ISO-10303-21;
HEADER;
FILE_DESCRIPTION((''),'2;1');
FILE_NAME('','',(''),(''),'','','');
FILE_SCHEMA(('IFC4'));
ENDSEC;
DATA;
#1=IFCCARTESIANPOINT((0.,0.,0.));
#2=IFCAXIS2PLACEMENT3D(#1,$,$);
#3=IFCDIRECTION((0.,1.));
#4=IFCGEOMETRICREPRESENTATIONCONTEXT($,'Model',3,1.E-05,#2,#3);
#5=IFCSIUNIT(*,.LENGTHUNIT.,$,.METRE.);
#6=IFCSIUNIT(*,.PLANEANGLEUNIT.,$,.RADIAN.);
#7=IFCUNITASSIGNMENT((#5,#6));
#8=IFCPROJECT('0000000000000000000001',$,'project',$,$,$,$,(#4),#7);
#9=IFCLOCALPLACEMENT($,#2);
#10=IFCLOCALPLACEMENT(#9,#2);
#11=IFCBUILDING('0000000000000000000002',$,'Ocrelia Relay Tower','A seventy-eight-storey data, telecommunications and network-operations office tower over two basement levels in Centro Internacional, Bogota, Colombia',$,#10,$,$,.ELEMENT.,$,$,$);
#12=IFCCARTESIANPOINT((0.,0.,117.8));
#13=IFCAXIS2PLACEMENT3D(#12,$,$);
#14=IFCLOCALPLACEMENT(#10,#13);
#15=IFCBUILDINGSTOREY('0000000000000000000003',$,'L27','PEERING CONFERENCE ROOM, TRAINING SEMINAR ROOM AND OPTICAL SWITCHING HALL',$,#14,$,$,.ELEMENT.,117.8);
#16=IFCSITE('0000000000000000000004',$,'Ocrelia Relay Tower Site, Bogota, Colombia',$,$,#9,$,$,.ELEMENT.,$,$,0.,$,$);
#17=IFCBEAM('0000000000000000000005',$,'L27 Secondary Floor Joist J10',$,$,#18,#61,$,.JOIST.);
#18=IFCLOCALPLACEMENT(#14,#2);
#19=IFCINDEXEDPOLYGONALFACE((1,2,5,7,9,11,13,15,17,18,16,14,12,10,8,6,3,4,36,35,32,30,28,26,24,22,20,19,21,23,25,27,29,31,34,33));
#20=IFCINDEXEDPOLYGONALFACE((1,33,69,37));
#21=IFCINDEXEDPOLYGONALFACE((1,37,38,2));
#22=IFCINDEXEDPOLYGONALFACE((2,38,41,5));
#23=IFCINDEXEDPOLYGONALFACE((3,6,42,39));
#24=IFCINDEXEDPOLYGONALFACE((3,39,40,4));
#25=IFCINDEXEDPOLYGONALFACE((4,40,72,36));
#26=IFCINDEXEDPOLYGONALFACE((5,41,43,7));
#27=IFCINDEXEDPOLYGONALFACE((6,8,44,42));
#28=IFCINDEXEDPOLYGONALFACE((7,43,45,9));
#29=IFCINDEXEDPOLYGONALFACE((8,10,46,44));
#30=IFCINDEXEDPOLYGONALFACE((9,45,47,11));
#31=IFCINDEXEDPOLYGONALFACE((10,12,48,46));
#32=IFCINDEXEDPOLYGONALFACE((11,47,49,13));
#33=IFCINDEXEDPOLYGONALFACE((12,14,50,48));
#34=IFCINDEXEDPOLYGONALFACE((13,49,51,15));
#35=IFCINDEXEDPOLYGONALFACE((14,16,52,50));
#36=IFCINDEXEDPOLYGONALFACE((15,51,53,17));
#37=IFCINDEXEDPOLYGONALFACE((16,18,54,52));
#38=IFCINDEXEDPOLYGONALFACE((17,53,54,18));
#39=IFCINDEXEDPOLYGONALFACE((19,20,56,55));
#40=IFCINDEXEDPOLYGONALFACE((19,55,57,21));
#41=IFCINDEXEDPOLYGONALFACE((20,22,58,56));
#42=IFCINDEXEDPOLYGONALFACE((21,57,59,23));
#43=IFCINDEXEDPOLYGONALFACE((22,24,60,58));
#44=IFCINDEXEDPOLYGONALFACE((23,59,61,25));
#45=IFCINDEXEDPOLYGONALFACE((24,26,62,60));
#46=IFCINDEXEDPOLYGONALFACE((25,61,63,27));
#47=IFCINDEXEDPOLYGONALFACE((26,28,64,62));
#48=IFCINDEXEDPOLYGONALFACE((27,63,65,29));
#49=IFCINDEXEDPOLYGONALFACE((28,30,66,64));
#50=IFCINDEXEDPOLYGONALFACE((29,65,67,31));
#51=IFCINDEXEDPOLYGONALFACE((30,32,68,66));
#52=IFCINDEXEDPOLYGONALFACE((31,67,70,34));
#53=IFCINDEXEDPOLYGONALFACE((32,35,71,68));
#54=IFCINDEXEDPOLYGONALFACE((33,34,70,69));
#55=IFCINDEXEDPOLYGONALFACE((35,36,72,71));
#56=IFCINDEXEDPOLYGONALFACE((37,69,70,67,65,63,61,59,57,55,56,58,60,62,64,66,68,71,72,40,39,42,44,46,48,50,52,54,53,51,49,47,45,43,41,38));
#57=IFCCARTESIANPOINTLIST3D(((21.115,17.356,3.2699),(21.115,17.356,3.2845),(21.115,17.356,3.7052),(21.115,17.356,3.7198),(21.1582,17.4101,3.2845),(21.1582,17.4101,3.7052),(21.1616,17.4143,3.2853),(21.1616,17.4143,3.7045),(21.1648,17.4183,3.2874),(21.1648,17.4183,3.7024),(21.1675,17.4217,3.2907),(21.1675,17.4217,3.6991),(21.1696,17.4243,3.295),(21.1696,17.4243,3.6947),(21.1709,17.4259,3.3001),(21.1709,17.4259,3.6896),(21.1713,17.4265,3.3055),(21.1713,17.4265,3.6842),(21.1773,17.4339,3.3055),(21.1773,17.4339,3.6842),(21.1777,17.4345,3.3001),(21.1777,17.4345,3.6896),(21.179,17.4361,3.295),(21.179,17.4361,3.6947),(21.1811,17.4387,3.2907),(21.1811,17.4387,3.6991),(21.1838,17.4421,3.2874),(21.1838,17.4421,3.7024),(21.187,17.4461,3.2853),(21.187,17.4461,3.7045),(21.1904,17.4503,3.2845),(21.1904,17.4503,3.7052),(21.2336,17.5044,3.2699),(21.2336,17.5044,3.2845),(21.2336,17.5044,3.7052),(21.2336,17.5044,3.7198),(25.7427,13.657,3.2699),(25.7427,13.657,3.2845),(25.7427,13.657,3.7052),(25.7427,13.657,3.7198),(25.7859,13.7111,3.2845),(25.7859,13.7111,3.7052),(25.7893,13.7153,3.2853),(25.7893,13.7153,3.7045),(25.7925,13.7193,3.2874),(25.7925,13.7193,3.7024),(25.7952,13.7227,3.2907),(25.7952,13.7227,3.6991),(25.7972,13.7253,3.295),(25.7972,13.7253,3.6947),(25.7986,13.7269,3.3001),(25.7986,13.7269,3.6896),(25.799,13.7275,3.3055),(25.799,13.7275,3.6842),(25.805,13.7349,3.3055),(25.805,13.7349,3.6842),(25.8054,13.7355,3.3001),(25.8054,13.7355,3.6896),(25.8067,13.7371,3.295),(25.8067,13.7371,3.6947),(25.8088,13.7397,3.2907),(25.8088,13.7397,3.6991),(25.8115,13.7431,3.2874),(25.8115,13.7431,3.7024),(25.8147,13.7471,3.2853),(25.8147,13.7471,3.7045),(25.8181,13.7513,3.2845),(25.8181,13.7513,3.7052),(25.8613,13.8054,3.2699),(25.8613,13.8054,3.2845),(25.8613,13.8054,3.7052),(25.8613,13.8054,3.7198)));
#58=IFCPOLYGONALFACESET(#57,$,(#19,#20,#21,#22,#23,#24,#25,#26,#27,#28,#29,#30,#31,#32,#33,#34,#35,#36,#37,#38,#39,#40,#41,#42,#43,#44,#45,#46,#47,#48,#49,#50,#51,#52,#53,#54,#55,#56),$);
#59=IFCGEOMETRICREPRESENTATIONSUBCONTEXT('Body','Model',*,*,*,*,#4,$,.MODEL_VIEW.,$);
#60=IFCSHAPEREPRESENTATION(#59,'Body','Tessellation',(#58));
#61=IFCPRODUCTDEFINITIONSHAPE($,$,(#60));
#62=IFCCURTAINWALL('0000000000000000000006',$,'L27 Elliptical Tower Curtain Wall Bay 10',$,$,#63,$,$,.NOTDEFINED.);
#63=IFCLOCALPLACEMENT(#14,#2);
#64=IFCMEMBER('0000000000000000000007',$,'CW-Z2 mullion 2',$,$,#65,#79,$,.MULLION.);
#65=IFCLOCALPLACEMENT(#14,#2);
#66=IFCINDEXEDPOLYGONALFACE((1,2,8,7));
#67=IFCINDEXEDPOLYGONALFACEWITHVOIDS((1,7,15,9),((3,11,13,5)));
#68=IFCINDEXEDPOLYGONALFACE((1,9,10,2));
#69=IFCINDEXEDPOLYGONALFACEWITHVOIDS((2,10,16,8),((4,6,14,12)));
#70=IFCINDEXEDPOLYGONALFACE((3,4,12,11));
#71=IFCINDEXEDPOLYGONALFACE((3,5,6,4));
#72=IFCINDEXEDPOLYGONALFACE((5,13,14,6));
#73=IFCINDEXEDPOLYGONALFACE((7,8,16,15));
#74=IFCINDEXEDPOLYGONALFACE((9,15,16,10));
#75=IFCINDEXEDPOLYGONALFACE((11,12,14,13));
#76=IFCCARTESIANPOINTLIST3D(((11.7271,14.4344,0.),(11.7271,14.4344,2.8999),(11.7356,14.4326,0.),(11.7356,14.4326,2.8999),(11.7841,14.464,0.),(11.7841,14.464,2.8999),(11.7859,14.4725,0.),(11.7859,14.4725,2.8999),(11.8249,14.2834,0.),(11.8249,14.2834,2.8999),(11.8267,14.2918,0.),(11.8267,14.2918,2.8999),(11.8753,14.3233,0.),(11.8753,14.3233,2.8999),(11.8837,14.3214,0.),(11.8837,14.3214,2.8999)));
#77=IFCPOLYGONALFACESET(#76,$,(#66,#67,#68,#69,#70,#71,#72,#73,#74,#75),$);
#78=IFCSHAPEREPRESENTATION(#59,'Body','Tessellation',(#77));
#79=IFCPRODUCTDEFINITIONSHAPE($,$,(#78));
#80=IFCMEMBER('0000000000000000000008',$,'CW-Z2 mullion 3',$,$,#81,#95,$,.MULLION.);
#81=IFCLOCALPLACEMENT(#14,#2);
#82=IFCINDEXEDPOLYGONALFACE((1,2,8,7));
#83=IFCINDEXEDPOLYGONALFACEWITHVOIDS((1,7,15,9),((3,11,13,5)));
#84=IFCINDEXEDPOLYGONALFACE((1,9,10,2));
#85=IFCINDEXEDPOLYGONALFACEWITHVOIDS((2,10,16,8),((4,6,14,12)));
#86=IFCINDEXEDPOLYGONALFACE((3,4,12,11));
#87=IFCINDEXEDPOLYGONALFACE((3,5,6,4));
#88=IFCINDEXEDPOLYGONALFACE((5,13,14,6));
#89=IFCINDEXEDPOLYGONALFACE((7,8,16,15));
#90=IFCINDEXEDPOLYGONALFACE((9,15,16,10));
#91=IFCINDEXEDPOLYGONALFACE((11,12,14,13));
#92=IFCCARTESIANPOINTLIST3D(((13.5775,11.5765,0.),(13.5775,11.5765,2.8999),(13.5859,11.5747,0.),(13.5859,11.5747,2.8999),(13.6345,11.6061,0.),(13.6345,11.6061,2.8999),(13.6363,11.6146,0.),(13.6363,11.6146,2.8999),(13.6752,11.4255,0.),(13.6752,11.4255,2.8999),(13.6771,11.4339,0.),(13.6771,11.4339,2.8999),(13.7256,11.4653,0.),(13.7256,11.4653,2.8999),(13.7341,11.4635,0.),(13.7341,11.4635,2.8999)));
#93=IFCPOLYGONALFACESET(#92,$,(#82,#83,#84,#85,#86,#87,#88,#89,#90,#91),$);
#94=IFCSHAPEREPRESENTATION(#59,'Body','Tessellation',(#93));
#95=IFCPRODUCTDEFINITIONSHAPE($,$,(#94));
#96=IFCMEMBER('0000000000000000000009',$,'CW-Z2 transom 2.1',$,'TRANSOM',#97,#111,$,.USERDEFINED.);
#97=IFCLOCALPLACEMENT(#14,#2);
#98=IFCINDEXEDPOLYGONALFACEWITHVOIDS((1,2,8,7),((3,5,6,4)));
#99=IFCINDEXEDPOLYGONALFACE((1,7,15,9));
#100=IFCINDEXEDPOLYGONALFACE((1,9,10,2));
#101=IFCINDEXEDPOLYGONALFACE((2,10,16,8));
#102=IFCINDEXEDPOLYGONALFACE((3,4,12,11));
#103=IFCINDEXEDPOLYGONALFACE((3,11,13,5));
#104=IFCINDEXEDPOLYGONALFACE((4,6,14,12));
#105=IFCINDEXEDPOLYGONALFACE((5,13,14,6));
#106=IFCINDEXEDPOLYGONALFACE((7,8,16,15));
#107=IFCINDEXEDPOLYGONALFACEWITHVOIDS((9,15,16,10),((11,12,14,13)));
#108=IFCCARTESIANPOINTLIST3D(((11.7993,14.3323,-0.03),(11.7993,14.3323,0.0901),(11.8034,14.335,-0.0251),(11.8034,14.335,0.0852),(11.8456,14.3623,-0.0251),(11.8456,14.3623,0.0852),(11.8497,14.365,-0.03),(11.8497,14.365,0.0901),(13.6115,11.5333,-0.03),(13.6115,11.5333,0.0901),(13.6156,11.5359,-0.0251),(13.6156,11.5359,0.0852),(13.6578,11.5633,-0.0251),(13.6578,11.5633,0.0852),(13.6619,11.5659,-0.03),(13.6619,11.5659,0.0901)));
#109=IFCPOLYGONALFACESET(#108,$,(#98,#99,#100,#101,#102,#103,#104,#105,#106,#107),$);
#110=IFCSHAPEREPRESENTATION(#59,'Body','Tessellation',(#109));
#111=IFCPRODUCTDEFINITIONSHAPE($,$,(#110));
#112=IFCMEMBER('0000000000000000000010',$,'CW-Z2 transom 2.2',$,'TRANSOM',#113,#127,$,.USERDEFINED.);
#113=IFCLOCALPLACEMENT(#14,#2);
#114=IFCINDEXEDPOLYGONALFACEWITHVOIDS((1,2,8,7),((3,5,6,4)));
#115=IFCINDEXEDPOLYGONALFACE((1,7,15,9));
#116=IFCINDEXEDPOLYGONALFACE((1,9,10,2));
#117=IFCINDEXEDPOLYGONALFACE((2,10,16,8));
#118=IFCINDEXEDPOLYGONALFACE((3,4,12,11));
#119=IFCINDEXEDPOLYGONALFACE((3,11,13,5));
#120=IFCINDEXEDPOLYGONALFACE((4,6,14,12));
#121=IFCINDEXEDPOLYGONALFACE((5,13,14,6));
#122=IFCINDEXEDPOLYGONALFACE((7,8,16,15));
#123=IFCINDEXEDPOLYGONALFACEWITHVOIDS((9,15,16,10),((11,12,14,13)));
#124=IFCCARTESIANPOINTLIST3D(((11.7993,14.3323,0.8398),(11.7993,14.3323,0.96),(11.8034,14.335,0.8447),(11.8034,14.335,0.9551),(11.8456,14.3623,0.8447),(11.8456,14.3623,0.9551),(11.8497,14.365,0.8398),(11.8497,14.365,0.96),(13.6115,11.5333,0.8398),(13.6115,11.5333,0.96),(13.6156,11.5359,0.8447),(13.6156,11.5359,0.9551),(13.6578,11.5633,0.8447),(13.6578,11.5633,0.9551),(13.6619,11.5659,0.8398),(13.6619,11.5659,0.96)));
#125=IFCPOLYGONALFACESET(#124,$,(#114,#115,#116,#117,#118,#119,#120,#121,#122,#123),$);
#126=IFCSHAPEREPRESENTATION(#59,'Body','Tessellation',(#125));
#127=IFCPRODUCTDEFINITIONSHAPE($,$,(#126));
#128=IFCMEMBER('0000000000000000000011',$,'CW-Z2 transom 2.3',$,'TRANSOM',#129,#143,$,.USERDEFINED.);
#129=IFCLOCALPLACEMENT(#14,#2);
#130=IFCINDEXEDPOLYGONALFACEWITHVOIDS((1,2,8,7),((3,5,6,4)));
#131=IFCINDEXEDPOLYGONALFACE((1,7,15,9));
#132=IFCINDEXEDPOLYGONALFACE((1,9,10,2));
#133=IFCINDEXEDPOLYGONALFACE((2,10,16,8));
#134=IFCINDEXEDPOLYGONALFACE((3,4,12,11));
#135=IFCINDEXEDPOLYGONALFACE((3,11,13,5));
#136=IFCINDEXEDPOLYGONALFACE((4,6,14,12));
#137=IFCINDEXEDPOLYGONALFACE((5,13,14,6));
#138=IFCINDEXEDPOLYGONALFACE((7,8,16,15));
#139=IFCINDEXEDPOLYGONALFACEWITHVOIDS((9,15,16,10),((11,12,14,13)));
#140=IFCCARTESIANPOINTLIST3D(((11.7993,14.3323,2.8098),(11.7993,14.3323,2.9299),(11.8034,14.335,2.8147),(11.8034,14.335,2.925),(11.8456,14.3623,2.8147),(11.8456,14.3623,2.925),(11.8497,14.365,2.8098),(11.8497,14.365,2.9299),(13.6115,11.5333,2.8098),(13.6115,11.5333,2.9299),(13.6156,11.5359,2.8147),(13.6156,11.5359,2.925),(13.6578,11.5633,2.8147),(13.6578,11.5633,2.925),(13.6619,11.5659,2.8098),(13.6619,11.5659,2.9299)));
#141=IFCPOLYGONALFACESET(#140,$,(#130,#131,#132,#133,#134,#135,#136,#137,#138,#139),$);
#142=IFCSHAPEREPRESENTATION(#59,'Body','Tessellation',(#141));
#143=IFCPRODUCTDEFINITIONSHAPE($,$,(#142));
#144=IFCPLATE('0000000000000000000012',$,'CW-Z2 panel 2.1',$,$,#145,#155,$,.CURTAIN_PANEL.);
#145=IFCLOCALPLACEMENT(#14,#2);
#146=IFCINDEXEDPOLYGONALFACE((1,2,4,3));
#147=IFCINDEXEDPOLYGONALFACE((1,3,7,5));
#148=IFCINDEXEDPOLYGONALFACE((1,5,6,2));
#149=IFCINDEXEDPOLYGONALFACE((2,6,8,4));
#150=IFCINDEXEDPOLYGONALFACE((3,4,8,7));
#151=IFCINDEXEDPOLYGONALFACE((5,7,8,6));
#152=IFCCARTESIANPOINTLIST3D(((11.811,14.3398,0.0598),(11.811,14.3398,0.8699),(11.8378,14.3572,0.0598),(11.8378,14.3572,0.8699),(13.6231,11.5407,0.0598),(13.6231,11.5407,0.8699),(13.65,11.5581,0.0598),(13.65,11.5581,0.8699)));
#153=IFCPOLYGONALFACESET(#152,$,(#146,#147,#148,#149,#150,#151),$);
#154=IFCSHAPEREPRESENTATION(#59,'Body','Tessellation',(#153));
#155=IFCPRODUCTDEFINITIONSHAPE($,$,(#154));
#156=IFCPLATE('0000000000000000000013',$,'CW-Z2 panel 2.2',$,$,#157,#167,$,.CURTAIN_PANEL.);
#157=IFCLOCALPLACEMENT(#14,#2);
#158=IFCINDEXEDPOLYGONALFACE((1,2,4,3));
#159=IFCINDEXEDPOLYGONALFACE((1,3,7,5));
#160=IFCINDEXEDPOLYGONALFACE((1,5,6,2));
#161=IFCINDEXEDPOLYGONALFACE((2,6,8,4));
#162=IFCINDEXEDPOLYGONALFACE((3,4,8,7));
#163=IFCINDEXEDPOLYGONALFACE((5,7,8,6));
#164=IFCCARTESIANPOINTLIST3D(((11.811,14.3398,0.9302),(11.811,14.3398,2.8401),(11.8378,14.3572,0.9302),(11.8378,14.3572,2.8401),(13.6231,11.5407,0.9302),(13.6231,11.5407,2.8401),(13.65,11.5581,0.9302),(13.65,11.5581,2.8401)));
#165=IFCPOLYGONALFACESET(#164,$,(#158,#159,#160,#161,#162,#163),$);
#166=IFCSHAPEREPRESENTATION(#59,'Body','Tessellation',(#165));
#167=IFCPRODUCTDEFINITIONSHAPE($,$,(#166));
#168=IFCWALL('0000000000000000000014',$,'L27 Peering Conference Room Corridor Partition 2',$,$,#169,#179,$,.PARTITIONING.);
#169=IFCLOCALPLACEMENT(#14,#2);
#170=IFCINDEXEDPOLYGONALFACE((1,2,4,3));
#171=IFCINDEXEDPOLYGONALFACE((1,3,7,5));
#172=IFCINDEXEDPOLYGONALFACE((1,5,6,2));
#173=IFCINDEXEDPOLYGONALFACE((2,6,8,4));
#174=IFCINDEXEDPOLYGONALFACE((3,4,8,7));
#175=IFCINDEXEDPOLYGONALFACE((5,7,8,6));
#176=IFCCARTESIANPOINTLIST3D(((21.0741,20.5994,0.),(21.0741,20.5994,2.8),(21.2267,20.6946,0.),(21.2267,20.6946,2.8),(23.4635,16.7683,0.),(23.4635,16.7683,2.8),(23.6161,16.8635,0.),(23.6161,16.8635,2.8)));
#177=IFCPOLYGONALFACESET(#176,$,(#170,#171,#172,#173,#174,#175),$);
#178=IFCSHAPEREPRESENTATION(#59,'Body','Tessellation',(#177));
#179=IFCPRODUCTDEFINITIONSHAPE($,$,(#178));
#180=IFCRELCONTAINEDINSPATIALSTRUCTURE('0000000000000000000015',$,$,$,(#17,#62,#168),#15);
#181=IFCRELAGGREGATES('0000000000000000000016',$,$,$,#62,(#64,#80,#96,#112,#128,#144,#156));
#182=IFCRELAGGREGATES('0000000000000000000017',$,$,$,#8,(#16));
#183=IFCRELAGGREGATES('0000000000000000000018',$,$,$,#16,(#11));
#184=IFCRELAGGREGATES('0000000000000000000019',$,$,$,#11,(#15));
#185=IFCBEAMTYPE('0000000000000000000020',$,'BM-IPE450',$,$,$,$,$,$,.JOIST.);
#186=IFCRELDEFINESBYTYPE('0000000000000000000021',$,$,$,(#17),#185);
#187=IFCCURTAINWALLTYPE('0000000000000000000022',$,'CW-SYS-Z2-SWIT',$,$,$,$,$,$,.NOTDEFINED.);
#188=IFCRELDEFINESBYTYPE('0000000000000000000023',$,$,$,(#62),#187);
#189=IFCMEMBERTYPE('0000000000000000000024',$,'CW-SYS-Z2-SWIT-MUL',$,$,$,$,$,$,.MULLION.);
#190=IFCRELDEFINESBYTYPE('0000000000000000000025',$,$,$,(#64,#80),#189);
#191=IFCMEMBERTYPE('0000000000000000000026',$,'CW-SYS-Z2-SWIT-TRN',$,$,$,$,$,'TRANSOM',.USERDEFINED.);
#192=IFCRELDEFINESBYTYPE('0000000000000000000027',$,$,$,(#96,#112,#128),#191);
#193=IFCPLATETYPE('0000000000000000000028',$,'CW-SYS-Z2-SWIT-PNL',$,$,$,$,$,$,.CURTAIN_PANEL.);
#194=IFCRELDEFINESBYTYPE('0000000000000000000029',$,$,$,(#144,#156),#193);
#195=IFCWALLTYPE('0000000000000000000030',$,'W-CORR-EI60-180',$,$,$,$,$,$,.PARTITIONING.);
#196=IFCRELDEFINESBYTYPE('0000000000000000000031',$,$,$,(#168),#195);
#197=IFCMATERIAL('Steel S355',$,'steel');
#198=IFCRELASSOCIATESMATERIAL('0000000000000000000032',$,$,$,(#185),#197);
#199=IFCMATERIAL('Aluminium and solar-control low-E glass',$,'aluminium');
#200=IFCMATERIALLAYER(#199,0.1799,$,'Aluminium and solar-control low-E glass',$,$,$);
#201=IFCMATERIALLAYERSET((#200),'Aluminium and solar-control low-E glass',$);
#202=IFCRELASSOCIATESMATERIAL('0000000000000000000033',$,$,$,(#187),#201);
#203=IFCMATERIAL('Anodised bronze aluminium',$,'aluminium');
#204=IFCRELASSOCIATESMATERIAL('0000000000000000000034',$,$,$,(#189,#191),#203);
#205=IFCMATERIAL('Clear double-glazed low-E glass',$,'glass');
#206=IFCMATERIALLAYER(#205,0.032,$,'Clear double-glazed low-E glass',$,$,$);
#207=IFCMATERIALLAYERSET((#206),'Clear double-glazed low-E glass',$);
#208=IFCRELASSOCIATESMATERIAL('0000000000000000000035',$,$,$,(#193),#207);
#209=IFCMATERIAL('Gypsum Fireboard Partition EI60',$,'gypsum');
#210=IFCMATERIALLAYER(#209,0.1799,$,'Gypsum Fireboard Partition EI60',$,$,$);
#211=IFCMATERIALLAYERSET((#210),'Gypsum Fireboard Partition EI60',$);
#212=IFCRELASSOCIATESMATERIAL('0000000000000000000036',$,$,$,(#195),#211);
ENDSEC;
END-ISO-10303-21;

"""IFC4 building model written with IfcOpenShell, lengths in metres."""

from ifc_helpers import new_model, si_unit, direction, frame, frame_2d, origin, origin_2d, place, context, subcontext, project, spatial, rectangle, hollow_rectangle, i_section, extrude, material, layer, layer_set, material_profile, profile_set, type_object, element, aggregate, save


model = new_model("IFC4")

# Units and contexts
model_context = context("Model", 3, precision=1e-05, world=origin(), true_north=direction((0.0, 1.0)))
body_context = subcontext(model_context, "Body", "Model", "MODEL_VIEW")
ifc_project = project(units=[si_unit("LENGTHUNIT", "METRE"), si_unit("PLANEANGLEUNIT", "RADIAN")], contexts=[model_context])

# Site, building, storey
site_placement = place(None, origin())
site = spatial("IfcSite", under=ifc_project, at=site_placement, Name="Ocrelia Relay Tower Site, Bogota, Colombia", CompositionType="ELEMENT", RefElevation=0.0)
building_placement = place(site_placement, origin())
building = spatial("IfcBuilding", under=site, at=building_placement, Name="Ocrelia Relay Tower", Description="A seventy-eight-storey data, telecommunications and network-operations office tower over two basement levels in Centro Internacional, Bogota, Colombia", CompositionType="ELEMENT")
storey_placement = place(building_placement, frame((0.0, 0.0, 117.8)))
storey = spatial("IfcBuildingStorey", under=building, at=storey_placement, Name="L27", Description="PEERING CONFERENCE ROOM, TRAINING SEMINAR ROOM AND OPTICAL SWITCHING HALL", CompositionType="ELEMENT", Elevation=117.8)

# Beam
ifc_material_1 = material(Name="Steel S355", Category="steel")
ifc_material_profile_1 = material_profile(ifc_material_1, i_section(OverallWidth=0.1899, OverallDepth=0.45, WebThickness=0.0095, FlangeThickness=0.0146, FilletRadius=0.021, at=origin_2d()), Name="IPE 450")
ifc_profile_set_1 = profile_set([ifc_material_profile_1], Name="Steel S355")
beam_type_1 = type_object("IfcBeamType", Name="BM-IPE450", PredefinedType="JOIST", material=ifc_profile_set_1)
beam_1_placement = place(storey_placement, frame((21.1743, 17.4302, 3.4949), z_axis=(0.78113, -0.624368, 0.0), x_axis=(0.624368, 0.78113, 0.0)))
element("IfcBeam", 1, at=beam_1_placement, inside=storey, type_object=beam_type_1, Name="L27 Secondary Floor Joist J10", PredefinedType="JOIST", context=body_context, shape_type="SweptSolid", body=[
    extrude(i_section(OverallWidth=0.1899, OverallDepth=0.45, WebThickness=0.0095, FlangeThickness=0.0146, FilletRadius=0.021, at=origin_2d()), origin(), (0.0, 0.0, 1.0), 5.9243),
])

# Curtain wall, members, plates
ifc_material_2 = material(Name="Aluminium and solar-control low-E glass", Category="aluminium")
ifc_layer_1 = layer(ifc_material_2, 0.1799, Name="Aluminium and solar-control low-E glass")
ifc_layer_set_1 = layer_set([ifc_layer_1], Name="Aluminium and solar-control low-E glass")
curtain_wall_type = type_object("IfcCurtainWallType", Name="CW-SYS-Z2-SWIT", PredefinedType="NOTDEFINED", material=ifc_layer_set_1)
curtain_wall_placement = place(storey_placement, origin())
curtain_wall = element("IfcCurtainWall", 2, at=curtain_wall_placement, inside=storey, type_object=curtain_wall_type, Name="L27 Elliptical Tower Curtain Wall Bay 10", PredefinedType="NOTDEFINED")
ifc_material_3 = material(Name="Anodised bronze aluminium", Category="aluminium")
ifc_material_profile_2 = material_profile(ifc_material_3, hollow_rectangle(XDim=0.0701, YDim=0.1799, WallThickness=0.0061, at=origin_2d()), Name="CW-MUL-180x70")
ifc_profile_set_2 = profile_set([ifc_material_profile_2], Name="Anodised bronze aluminium")
member_type_1 = type_object("IfcMemberType", Name="CW-SYS-Z2-SWIT-MUL", PredefinedType="MULLION", material=ifc_profile_set_2)
member_1_placement = place(storey_placement, frame((11.8054, 14.3779, 0.0), z_axis=(0.0, 0.0, 1.0), x_axis=(0.839438, 0.543456, 0.0)))
member_1 = element("IfcMember", 3, at=member_1_placement, type_object=member_type_1, Name="CW-Z2 mullion 2", PredefinedType="MULLION", context=body_context, shape_type="SweptSolid", body=[
    extrude(hollow_rectangle(XDim=0.0701, YDim=0.1799, WallThickness=0.0061, at=origin_2d()), origin(), (0.0, 0.0, 1.0), 2.8999),
])
member_2_placement = place(storey_placement, frame((13.6558, 11.52, 0.0), z_axis=(0.0, 0.0, 1.0), x_axis=(0.839438, 0.543456, 0.0)))
member_2 = element("IfcMember", 4, at=member_2_placement, type_object=member_type_1, Name="CW-Z2 mullion 3", PredefinedType="MULLION", context=body_context, shape_type="SweptSolid", body=[
    extrude(hollow_rectangle(XDim=0.0701, YDim=0.1799, WallThickness=0.0061, at=origin_2d()), origin(), (0.0, 0.0, 1.0), 2.8999),
])
ifc_material_profile_3 = material_profile(ifc_material_3, hollow_rectangle(XDim=0.0601, YDim=0.1201, WallThickness=0.0049, at=origin_2d()), Name="CW-TRN-120x60")
ifc_profile_set_3 = profile_set([ifc_material_profile_3], Name="Anodised bronze aluminium")
member_type_2 = type_object("IfcMemberType", Name="CW-SYS-Z2-SWIT-TRN", ElementType="TRANSOM", PredefinedType="USERDEFINED", material=ifc_profile_set_3)
member_3_placement = place(storey_placement, frame((11.8245, 14.3486, 0.03), z_axis=(0.543482, -0.839421, 0.0), x_axis=(0.839421, 0.543482, 0.0)))
member_3 = element("IfcMember", 5, at=member_3_placement, type_object=member_type_2, Name="CW-Z2 transom 2.1", ObjectType="TRANSOM", PredefinedType="USERDEFINED", context=body_context, shape_type="SweptSolid", body=[
    extrude(hollow_rectangle(XDim=0.0601, YDim=0.1201, WallThickness=0.0049, at=origin_2d()), origin(), (0.0, 0.0, 1.0), 3.3345),
])
member_4_placement = place(storey_placement, frame((11.8245, 14.3486, 0.8999), z_axis=(0.543482, -0.839421, 0.0), x_axis=(0.839421, 0.543482, 0.0)))
member_4 = element("IfcMember", 6, at=member_4_placement, type_object=member_type_2, Name="CW-Z2 transom 2.2", ObjectType="TRANSOM", PredefinedType="USERDEFINED", context=body_context, shape_type="SweptSolid", body=[
    extrude(hollow_rectangle(XDim=0.0601, YDim=0.1201, WallThickness=0.0049, at=origin_2d()), origin(), (0.0, 0.0, 1.0), 3.3345),
])
member_5_placement = place(storey_placement, frame((11.8245, 14.3486, 2.8699), z_axis=(0.543482, -0.839421, 0.0), x_axis=(0.839421, 0.543482, 0.0)))
member_5 = element("IfcMember", 7, at=member_5_placement, type_object=member_type_2, Name="CW-Z2 transom 2.3", ObjectType="TRANSOM", PredefinedType="USERDEFINED", context=body_context, shape_type="SweptSolid", body=[
    extrude(hollow_rectangle(XDim=0.0601, YDim=0.1201, WallThickness=0.0049, at=origin_2d()), origin(), (0.0, 0.0, 1.0), 3.3345),
])
ifc_material_4 = material(Name="Clear double-glazed low-E glass", Category="glass")
ifc_layer_2 = layer(ifc_material_4, 0.032, Name="Clear double-glazed low-E glass")
ifc_layer_set_2 = layer_set([ifc_layer_2], Name="Clear double-glazed low-E glass")
plate_type = type_object("IfcPlateType", Name="CW-SYS-Z2-SWIT-PNL", PredefinedType="CURTAIN_PANEL", material=ifc_layer_set_2)
plate_1_placement = place(storey_placement, frame((12.7305, 12.949, 0.0598), z_axis=(0.0, 0.0, 1.0), x_axis=(0.543456, -0.839438, 0.0)))
plate_1 = element("IfcPlate", 8, at=plate_1_placement, type_object=plate_type, Name="CW-Z2 panel 2.1", PredefinedType="CURTAIN_PANEL", context=body_context, shape_type="SweptSolid", body=[
    extrude(rectangle(XDim=3.3345, YDim=0.032, at=origin_2d()), origin(), (0.0, 0.0, 1.0), 0.8101),
])
plate_2_placement = place(storey_placement, frame((12.7305, 12.949, 0.9302), z_axis=(0.0, 0.0, 1.0), x_axis=(0.543456, -0.839438, 0.0)))
plate_2 = element("IfcPlate", 9, at=plate_2_placement, type_object=plate_type, Name="CW-Z2 panel 2.2", PredefinedType="CURTAIN_PANEL", context=body_context, shape_type="SweptSolid", body=[
    extrude(rectangle(XDim=3.3345, YDim=0.032, at=origin_2d()), origin(), (0.0, 0.0, 1.0), 1.9099),
])
aggregate(curtain_wall, [member_1, member_2, member_3, member_4, member_5, plate_1, plate_2])

# Wall
ifc_material_5 = material(Name="Gypsum Fireboard Partition EI60", Category="gypsum")
ifc_layer_3 = layer(ifc_material_5, 0.1799, Name="Gypsum Fireboard Partition EI60")
ifc_layer_set_3 = layer_set([ifc_layer_3], Name="Gypsum Fireboard Partition EI60")
wall_type_1 = type_object("IfcWallType", Name="W-CORR-EI60-180", PredefinedType="PARTITIONING", material=ifc_layer_set_3)
wall_1_placement = place(storey_placement, frame((21.1504, 20.647, 0.0), z_axis=(0.0, 0.0, 1.0), x_axis=(0.529202, -0.848496, 0.0)))
element("IfcWall", 10, at=wall_1_placement, inside=storey, type_object=wall_type_1, Name="L27 Peering Conference Room Corridor Partition 2", PredefinedType="PARTITIONING", context=body_context, shape_type="SweptSolid", body=[
    extrude(rectangle(XDim=4.5151, YDim=0.1799, at=frame_2d((2.2576, 0.0))), origin(), (0.0, 0.0, 1.0), 2.8),
])

save(model, "model.ifc")
